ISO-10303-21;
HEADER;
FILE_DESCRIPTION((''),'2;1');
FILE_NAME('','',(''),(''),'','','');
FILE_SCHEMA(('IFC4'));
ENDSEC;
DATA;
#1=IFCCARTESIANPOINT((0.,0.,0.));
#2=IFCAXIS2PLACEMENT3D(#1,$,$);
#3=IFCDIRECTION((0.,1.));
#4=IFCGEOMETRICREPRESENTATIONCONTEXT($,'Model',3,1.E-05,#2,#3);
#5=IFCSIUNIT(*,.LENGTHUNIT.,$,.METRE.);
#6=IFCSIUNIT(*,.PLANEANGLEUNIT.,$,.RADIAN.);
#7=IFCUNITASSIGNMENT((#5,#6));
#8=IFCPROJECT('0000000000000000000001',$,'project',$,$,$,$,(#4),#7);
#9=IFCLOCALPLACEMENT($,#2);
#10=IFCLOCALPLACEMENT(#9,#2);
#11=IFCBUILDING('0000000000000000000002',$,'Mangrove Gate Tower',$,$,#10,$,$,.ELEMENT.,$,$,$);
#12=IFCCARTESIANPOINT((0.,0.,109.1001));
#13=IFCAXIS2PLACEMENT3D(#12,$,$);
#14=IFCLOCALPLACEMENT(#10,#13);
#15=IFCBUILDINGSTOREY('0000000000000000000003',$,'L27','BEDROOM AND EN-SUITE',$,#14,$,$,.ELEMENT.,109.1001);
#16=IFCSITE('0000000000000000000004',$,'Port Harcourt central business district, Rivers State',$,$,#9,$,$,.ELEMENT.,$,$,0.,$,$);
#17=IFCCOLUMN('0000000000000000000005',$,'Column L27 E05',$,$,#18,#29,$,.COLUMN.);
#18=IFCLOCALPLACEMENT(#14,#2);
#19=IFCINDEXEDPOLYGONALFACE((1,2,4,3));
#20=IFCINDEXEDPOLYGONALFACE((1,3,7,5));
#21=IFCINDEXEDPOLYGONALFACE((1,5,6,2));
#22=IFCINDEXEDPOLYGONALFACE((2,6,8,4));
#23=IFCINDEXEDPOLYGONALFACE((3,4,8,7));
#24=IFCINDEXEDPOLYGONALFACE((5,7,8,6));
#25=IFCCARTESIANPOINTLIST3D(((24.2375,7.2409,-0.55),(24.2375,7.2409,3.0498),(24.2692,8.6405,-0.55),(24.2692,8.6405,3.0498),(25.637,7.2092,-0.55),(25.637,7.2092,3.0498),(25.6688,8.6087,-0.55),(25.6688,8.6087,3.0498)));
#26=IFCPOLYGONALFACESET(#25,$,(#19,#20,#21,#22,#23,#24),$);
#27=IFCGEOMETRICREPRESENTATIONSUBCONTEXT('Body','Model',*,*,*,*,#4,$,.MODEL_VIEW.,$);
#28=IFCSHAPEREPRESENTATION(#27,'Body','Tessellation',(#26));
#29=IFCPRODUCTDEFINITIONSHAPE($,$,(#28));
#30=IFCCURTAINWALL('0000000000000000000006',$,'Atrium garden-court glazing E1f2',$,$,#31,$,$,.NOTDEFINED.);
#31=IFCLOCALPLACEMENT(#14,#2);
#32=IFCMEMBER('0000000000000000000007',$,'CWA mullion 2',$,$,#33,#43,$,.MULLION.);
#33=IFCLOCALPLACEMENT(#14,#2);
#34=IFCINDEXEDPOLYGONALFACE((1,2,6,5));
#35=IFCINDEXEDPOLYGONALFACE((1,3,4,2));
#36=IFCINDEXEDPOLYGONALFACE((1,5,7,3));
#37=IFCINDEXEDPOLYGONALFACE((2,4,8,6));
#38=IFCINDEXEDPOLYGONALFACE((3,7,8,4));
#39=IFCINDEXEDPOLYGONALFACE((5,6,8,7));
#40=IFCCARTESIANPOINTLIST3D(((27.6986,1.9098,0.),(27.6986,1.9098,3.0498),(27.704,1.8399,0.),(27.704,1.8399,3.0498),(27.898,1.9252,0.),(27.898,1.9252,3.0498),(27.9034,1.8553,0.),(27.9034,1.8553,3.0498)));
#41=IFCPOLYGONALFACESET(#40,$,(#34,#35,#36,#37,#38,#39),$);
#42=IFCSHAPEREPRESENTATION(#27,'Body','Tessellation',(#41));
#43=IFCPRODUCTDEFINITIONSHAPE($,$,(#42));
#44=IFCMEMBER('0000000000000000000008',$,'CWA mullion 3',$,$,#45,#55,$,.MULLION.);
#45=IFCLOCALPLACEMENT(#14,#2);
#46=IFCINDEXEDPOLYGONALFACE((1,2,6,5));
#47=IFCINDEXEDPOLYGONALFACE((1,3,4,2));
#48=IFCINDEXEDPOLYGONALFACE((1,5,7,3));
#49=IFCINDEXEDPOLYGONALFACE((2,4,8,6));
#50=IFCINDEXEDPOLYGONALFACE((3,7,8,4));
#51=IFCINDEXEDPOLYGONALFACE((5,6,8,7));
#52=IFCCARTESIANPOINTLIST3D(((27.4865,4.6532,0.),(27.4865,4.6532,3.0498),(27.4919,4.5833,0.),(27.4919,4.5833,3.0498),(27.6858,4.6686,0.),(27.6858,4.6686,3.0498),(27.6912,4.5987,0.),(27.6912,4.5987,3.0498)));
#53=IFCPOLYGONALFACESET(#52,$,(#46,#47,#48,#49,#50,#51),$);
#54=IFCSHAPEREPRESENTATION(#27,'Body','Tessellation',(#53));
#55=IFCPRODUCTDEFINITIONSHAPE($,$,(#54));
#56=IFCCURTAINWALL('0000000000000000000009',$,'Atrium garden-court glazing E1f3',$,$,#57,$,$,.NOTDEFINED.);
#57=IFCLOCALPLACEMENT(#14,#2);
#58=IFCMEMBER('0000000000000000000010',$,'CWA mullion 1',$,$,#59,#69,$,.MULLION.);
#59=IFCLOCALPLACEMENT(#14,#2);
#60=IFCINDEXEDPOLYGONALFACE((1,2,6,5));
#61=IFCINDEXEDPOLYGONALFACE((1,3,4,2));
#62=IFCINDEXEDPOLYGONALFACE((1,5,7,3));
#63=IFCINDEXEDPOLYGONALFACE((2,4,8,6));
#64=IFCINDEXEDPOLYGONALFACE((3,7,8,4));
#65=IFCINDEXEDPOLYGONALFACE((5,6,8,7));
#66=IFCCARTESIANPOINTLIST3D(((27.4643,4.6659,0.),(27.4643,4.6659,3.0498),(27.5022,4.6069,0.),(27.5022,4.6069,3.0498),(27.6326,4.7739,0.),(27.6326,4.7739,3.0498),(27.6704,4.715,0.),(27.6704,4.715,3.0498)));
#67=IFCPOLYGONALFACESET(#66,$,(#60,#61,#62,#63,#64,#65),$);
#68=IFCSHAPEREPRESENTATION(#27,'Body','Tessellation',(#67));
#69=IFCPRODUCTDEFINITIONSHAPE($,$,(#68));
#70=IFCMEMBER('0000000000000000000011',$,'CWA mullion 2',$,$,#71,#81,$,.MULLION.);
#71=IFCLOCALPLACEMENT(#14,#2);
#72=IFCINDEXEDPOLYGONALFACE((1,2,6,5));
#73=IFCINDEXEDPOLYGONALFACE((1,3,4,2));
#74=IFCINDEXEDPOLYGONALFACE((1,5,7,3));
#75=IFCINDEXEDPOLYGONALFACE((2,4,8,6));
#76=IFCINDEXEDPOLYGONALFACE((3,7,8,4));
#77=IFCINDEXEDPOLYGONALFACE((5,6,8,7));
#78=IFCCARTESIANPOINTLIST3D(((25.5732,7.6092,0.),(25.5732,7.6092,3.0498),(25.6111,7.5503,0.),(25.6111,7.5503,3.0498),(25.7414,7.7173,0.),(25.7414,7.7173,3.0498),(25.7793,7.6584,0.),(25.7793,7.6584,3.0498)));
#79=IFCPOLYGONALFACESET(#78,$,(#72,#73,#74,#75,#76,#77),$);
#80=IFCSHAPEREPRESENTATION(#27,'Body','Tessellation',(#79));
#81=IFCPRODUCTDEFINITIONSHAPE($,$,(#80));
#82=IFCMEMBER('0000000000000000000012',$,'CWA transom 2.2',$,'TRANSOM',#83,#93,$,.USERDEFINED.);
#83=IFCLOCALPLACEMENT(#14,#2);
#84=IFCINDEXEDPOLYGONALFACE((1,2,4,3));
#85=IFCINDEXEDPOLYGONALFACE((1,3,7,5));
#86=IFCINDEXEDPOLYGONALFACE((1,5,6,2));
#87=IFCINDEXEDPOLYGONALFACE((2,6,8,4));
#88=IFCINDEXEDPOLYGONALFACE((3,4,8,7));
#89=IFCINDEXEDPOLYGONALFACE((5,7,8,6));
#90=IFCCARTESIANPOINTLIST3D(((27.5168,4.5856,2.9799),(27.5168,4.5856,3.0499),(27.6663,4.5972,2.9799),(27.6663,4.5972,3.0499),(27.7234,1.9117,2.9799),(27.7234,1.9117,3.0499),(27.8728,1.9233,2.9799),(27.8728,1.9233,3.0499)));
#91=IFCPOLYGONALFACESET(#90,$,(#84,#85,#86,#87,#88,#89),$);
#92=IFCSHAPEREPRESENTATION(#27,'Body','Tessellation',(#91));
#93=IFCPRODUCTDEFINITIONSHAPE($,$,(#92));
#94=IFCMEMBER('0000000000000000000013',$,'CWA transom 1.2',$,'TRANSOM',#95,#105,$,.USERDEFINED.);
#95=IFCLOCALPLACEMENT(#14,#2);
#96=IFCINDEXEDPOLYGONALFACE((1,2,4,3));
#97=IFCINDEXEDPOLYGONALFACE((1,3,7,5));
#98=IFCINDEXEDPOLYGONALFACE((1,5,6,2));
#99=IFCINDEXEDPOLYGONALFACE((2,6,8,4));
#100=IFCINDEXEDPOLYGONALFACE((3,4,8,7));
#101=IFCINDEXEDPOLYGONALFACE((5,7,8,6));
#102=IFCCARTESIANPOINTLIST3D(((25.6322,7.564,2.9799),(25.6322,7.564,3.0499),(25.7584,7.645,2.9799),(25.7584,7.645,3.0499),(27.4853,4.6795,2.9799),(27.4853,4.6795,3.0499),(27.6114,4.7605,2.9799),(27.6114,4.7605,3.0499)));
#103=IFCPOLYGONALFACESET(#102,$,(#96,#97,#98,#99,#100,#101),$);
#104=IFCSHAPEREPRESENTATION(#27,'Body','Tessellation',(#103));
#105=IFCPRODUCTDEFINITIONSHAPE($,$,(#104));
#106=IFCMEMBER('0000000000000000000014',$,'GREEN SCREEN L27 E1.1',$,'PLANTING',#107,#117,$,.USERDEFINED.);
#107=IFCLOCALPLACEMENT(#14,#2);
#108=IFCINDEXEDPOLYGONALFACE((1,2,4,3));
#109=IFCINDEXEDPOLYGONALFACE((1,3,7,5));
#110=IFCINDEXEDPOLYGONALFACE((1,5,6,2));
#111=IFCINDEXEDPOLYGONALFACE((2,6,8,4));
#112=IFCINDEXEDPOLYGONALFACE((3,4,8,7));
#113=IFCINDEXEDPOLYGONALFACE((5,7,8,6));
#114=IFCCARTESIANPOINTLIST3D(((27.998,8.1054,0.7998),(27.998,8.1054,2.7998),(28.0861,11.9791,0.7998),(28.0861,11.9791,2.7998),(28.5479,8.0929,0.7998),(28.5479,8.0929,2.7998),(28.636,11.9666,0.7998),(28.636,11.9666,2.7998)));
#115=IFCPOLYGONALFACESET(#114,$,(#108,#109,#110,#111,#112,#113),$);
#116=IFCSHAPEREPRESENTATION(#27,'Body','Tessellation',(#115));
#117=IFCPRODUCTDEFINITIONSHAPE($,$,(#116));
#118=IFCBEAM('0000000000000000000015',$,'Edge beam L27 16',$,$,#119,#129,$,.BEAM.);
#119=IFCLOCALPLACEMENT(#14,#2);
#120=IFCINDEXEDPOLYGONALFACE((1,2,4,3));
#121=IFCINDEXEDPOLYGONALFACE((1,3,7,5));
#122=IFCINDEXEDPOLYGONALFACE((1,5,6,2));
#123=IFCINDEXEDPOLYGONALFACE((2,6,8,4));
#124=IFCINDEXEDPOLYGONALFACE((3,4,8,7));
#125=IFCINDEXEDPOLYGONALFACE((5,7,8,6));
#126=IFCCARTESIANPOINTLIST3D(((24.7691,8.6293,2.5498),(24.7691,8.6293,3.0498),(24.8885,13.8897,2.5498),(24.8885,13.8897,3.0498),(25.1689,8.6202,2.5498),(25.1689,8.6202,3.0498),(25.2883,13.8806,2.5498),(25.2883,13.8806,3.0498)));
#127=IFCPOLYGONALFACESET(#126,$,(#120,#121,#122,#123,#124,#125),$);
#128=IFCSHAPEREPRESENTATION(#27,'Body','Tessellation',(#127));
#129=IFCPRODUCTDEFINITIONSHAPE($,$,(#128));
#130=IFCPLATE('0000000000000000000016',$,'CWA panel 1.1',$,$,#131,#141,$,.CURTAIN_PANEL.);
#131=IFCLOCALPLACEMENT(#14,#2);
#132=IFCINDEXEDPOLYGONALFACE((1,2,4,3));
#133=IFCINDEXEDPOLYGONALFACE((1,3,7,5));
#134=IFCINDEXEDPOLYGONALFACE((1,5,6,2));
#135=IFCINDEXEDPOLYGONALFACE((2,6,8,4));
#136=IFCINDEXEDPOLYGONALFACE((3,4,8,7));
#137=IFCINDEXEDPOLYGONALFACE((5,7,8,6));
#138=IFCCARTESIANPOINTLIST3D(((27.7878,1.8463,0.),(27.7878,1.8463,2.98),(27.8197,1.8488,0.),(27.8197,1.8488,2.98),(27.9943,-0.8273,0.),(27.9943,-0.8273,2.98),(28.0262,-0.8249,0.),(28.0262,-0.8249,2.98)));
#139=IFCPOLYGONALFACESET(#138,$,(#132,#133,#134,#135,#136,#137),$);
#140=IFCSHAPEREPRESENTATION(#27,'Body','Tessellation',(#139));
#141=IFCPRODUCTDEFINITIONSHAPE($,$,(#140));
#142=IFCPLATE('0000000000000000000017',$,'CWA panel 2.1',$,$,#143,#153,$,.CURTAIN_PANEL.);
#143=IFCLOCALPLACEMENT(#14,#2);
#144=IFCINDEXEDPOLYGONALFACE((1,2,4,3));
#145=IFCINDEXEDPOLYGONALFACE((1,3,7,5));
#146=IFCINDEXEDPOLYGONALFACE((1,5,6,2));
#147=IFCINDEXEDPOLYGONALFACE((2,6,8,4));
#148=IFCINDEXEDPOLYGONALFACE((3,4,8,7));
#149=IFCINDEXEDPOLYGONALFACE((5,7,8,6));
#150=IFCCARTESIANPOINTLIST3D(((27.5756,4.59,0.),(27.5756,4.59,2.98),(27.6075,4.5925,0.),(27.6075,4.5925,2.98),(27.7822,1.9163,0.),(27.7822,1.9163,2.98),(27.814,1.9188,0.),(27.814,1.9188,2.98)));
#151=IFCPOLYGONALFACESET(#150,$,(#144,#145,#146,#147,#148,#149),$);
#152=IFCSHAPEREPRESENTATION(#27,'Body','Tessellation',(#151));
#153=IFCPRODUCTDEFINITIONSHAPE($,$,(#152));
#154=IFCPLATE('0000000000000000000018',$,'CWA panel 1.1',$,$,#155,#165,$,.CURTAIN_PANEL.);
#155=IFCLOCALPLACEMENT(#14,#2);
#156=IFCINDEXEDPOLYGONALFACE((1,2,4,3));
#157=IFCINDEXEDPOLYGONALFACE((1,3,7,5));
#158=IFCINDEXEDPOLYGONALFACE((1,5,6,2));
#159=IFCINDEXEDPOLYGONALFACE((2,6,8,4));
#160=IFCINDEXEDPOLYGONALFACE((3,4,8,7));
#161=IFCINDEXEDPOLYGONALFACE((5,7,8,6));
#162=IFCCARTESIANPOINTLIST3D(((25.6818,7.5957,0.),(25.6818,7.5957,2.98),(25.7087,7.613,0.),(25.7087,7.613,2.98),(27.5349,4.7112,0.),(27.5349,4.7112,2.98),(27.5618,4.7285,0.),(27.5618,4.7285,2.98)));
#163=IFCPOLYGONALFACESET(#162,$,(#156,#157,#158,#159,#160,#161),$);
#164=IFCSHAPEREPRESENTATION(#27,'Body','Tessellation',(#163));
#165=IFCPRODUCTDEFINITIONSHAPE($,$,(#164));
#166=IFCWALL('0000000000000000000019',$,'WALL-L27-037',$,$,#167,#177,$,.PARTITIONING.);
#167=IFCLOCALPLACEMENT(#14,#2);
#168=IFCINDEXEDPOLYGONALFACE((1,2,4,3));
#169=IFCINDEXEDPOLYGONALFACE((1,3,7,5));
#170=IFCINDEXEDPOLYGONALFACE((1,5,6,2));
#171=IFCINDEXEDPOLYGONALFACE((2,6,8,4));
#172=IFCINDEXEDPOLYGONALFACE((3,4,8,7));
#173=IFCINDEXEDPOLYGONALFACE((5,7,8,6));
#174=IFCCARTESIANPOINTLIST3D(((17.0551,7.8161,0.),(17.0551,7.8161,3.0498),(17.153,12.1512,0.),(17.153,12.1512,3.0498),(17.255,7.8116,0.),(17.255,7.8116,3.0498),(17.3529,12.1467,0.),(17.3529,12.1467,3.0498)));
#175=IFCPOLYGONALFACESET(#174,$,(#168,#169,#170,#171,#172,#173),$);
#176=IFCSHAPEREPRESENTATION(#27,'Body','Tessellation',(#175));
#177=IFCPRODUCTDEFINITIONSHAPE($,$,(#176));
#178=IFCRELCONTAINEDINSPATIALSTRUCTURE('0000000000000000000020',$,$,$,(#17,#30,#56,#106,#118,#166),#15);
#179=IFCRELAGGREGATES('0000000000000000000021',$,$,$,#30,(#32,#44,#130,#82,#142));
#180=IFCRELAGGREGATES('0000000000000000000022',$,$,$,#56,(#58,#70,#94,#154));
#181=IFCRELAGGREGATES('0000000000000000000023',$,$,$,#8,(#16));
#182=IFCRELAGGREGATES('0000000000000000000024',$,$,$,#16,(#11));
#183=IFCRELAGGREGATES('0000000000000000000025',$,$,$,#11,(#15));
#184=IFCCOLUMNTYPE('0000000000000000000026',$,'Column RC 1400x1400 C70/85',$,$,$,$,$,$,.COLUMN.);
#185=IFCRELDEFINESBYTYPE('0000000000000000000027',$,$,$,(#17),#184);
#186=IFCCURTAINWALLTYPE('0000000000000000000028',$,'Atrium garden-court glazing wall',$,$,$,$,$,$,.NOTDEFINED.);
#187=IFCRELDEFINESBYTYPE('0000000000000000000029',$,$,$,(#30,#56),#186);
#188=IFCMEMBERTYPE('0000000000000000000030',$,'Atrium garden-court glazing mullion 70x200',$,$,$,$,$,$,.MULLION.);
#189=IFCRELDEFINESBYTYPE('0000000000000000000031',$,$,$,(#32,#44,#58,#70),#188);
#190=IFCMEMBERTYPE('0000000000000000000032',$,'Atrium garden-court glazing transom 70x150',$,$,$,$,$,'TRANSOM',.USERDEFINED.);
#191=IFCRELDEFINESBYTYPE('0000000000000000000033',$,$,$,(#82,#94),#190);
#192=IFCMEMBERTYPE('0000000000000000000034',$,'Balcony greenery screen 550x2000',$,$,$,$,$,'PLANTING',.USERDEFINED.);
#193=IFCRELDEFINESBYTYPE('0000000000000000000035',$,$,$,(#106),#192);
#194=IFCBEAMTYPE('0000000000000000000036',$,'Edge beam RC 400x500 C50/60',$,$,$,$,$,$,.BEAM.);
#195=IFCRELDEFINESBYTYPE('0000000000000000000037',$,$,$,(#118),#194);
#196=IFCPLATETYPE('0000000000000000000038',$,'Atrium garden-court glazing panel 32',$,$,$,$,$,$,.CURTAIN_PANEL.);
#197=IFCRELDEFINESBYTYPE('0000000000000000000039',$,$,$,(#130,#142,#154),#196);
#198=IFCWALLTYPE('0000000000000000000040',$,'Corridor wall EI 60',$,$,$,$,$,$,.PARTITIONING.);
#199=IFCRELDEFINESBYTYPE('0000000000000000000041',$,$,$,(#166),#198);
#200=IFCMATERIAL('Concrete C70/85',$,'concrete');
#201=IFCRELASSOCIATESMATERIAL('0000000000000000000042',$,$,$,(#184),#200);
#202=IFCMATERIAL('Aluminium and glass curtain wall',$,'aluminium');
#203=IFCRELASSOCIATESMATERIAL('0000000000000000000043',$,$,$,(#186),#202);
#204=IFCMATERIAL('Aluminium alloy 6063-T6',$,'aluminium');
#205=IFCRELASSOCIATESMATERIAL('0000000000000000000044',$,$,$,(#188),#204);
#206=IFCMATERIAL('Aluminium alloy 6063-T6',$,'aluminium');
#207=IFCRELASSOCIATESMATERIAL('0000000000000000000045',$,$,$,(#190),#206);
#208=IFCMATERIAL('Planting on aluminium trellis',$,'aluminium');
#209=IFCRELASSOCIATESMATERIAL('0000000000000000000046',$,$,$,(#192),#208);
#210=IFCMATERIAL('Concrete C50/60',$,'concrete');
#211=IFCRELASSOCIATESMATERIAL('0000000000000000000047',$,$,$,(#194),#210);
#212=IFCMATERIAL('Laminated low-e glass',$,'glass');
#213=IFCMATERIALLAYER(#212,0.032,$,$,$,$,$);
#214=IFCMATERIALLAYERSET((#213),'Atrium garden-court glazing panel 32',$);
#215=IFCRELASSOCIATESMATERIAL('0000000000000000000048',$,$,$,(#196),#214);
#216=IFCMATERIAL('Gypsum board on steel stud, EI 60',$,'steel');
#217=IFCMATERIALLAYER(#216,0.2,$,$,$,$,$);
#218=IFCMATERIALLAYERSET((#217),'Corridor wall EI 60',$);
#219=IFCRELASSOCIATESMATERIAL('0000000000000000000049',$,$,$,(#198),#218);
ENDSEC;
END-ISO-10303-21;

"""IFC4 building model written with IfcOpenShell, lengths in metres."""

from ifc_helpers import new_model, si_unit, direction, frame, frame_2d, origin, origin_2d, place, context, subcontext, project, spatial, rectangle, extrude, material, layer, layer_set, material_profile, profile_set, type_object, element, aggregate, save


model = new_model("IFC4")

# Units and contexts
model_context = context("Model", 3, precision=1e-05, world=origin(), true_north=direction((0.0, 1.0)))
body_context = subcontext(model_context, "Body", "Model", "MODEL_VIEW")
ifc_project = project(units=[si_unit("LENGTHUNIT", "METRE"), si_unit("PLANEANGLEUNIT", "RADIAN")], contexts=[model_context])

# Site, building, storey
site_placement = place(None, origin())
site = spatial("IfcSite", under=ifc_project, at=site_placement, Name="Port Harcourt central business district, Rivers State", CompositionType="ELEMENT", RefElevation=0.0)
building_placement = place(site_placement, origin())
building = spatial("IfcBuilding", under=site, at=building_placement, Name="Mangrove Gate Tower", CompositionType="ELEMENT")
storey_placement = place(building_placement, frame((0.0, 0.0, 109.1001)))
storey = spatial("IfcBuildingStorey", under=building, at=storey_placement, Name="L27", Description="BEDROOM AND EN-SUITE", CompositionType="ELEMENT", Elevation=109.1001)

# Column
ifc_material_1 = material(Name="Concrete C70/85", Category="concrete")
ifc_material_profile_1 = material_profile(ifc_material_1, rectangle(XDim=1.3999, YDim=1.3999, at=origin_2d()))
ifc_profile_set_1 = profile_set([ifc_material_profile_1], Name="Concrete C70/85")
column_type = type_object("IfcColumnType", Name="Column RC 1400x1400 C70/85", PredefinedType="COLUMN", material=ifc_profile_set_1)
column_placement = place(storey_placement, frame((24.9531, 7.9248, -0.55), z_axis=(0.0, 0.0, 1.0), x_axis=(0.022682, 0.999743, 0.0)))
element("IfcColumn", 1, at=column_placement, inside=storey, type_object=column_type, Name="Column L27 E05", PredefinedType="COLUMN", context=body_context, shape_type="SweptSolid", body=[
    extrude(rectangle(XDim=1.3999, YDim=1.3999, at=origin_2d()), origin(), (0.0, 0.0, 1.0), 3.5999),
])

# Curtain walls, members
ifc_material_2 = material(Name="Aluminium and glass curtain wall", Category="aluminium")
curtain_wall_type = type_object("IfcCurtainWallType", Name="Atrium garden-court glazing wall", PredefinedType="NOTDEFINED", material=ifc_material_2)
curtain_wall_1_placement = place(storey_placement, origin())
curtain_wall_1 = element("IfcCurtainWall", 2, at=curtain_wall_1_placement, inside=storey, type_object=curtain_wall_type, Name="Atrium garden-court glazing E1f2", PredefinedType="NOTDEFINED")
ifc_material_3 = material(Name="Aluminium alloy 6063-T6", Category="aluminium")
ifc_material_profile_2 = material_profile(ifc_material_3, rectangle(XDim=0.0701, YDim=0.2, at=origin_2d()))
ifc_profile_set_2 = profile_set([ifc_material_profile_2], Name="Aluminium alloy 6063-T6")
member_type_1 = type_object("IfcMemberType", Name="Atrium garden-court glazing mullion 70x200", PredefinedType="MULLION", material=ifc_profile_set_2)
member_1_placement = place(storey_placement, frame((27.801, 1.8826, 0.0), z_axis=(0.0, 0.0, 1.0), x_axis=(-0.077023, 0.997029, 0.0)))
member_1 = element("IfcMember", 3, at=member_1_placement, type_object=member_type_1, Name="CWA mullion 2", PredefinedType="MULLION", context=body_context, shape_type="SweptSolid", body=[
    extrude(rectangle(XDim=0.0701, YDim=0.2, at=origin_2d()), origin(), (0.0, 0.0, 1.0), 3.0498),
])
member_2_placement = place(storey_placement, frame((27.5889, 4.626, 0.0), z_axis=(0.0, 0.0, 1.0), x_axis=(-0.077023, 0.997029, 0.0)))
member_2 = element("IfcMember", 4, at=member_2_placement, type_object=member_type_1, Name="CWA mullion 3", PredefinedType="MULLION", context=body_context, shape_type="SweptSolid", body=[
    extrude(rectangle(XDim=0.0701, YDim=0.2, at=origin_2d()), origin(), (0.0, 0.0, 1.0), 3.0498),
])
curtain_wall_2_placement = place(storey_placement, origin())
curtain_wall_2 = element("IfcCurtainWall", 5, at=curtain_wall_2_placement, inside=storey, type_object=curtain_wall_type, Name="Atrium garden-court glazing E1f3", PredefinedType="NOTDEFINED")
member_3_placement = place(storey_placement, frame((27.5674, 4.6904, 0.0), z_axis=(0.0, 0.0, 1.0), x_axis=(-0.540511, 0.841337, 0.0)))
member_3 = element("IfcMember", 6, at=member_3_placement, type_object=member_type_1, Name="CWA mullion 1", PredefinedType="MULLION", context=body_context, shape_type="SweptSolid", body=[
    extrude(rectangle(XDim=0.0701, YDim=0.2, at=origin_2d()), origin(), (0.0, 0.0, 1.0), 3.0498),
])
member_4_placement = place(storey_placement, frame((25.6763, 7.6338, 0.0), z_axis=(0.0, 0.0, 1.0), x_axis=(-0.540511, 0.841337, 0.0)))
member_4 = element("IfcMember", 7, at=member_4_placement, type_object=member_type_1, Name="CWA mullion 2", PredefinedType="MULLION", context=body_context, shape_type="SweptSolid", body=[
    extrude(rectangle(XDim=0.0701, YDim=0.2, at=origin_2d()), origin(), (0.0, 0.0, 1.0), 3.0498),
])

# Members
ifc_material_4 = material(Name="Aluminium alloy 6063-T6", Category="aluminium")
ifc_material_profile_3 = material_profile(ifc_material_4, rectangle(XDim=0.0701, YDim=0.1499, at=origin_2d()))
ifc_profile_set_3 = profile_set([ifc_material_profile_3], Name="Aluminium alloy 6063-T6")
member_type_2 = type_object("IfcMemberType", Name="Atrium garden-court glazing transom 70x150", ElementType="TRANSOM", PredefinedType="USERDEFINED", material=ifc_profile_set_3)
member_5_placement = place(storey_placement, frame((27.7981, 1.9175, 3.0149), z_axis=(-0.077017, 0.99703, 0.0), x_axis=(0.0, 0.0, 1.0)))
member_5 = element("IfcMember", 8, at=member_5_placement, type_object=member_type_2, Name="CWA transom 2.2", ObjectType="TRANSOM", PredefinedType="USERDEFINED", context=body_context, shape_type="SweptSolid", body=[
    extrude(rectangle(XDim=0.0701, YDim=0.1499, at=origin_2d()), origin(), (0.0, 0.0, 1.0), 2.6819),
])
member_6_placement = place(storey_placement, frame((27.5483, 4.72, 3.0149), z_axis=(-0.540488, 0.841352, 0.0), x_axis=(0.0, 0.0, 1.0)))
member_6 = element("IfcMember", 9, at=member_6_placement, type_object=member_type_2, Name="CWA transom 1.2", ObjectType="TRANSOM", PredefinedType="USERDEFINED", context=body_context, shape_type="SweptSolid", body=[
    extrude(rectangle(XDim=0.0701, YDim=0.1499, at=origin_2d()), origin(), (0.0, 0.0, 1.0), 3.4285),
])
ifc_material_5 = material(Name="Planting on aluminium trellis", Category="aluminium")
ifc_material_profile_4 = material_profile(ifc_material_5, rectangle(XDim=0.55, YDim=2.0, at=origin_2d()))
ifc_profile_set_4 = profile_set([ifc_material_profile_4], Name="Planting on aluminium trellis")
member_type_3 = type_object("IfcMemberType", Name="Balcony greenery screen 550x2000", ElementType="PLANTING", PredefinedType="USERDEFINED", material=ifc_profile_set_4)
member_7_placement = place(storey_placement, frame((28.2729, 8.0991, 1.7998), z_axis=(0.022746, 0.999741, 0.0), x_axis=(-0.999741, 0.022746, 0.0)))
element("IfcMember", 10, at=member_7_placement, inside=storey, type_object=member_type_3, Name="GREEN SCREEN L27 E1.1", ObjectType="PLANTING", PredefinedType="USERDEFINED", context=body_context, shape_type="SweptSolid", body=[
    extrude(rectangle(XDim=0.55, YDim=2.0, at=origin_2d()), origin(), (0.0, 0.0, 1.0), 3.8748),
])

# Beam
ifc_material_6 = material(Name="Concrete C50/60", Category="concrete")
ifc_material_profile_5 = material_profile(ifc_material_6, rectangle(XDim=0.3999, YDim=0.5, at=origin_2d()))
ifc_profile_set_5 = profile_set([ifc_material_profile_5], Name="Concrete C50/60")
beam_type = type_object("IfcBeamType", Name="Edge beam RC 400x500 C50/60", PredefinedType="BEAM", material=ifc_profile_set_5)
beam_placement = place(storey_placement, frame((24.969, 8.6248, 2.7998), z_axis=(0.02269, 0.999743, 0.0), x_axis=(-0.999743, 0.02269, 0.0)))
element("IfcBeam", 11, at=beam_placement, inside=storey, type_object=beam_type, Name="Edge beam L27 16", PredefinedType="BEAM", context=body_context, shape_type="SweptSolid", body=[
    extrude(rectangle(XDim=0.3999, YDim=0.5, at=origin_2d()), origin(), (0.0, 0.0, 1.0), 5.2617),
])

# Plates
ifc_material_7 = material(Name="Laminated low-e glass", Category="glass")
ifc_layer_1 = layer(ifc_material_7, 0.032)
ifc_layer_set_1 = layer_set([ifc_layer_1], Name="Atrium garden-court glazing panel 32")
plate_type = type_object("IfcPlateType", Name="Atrium garden-court glazing panel 32", PredefinedType="CURTAIN_PANEL", material=ifc_layer_set_1)
plate_1_placement = place(storey_placement, frame((27.907, 0.5107, 0.0), z_axis=(0.0, 0.0, 1.0), x_axis=(-0.077023, 0.997029, 0.0)))
plate_1 = element("IfcPlate", 12, at=plate_1_placement, type_object=plate_type, Name="CWA panel 1.1", PredefinedType="CURTAIN_PANEL", context=body_context, shape_type="SweptSolid", body=[
    extrude(rectangle(XDim=2.6816, YDim=0.032, at=origin_2d()), origin(), (0.0, 0.0, 1.0), 2.98),
])
plate_2_placement = place(storey_placement, frame((27.6948, 3.2544, 0.0), z_axis=(0.0, 0.0, 1.0), x_axis=(-0.077023, 0.997029, 0.0)))
plate_2 = element("IfcPlate", 13, at=plate_2_placement, type_object=plate_type, Name="CWA panel 2.1", PredefinedType="CURTAIN_PANEL", context=body_context, shape_type="SweptSolid", body=[
    extrude(rectangle(XDim=2.6816, YDim=0.032, at=origin_2d()), origin(), (0.0, 0.0, 1.0), 2.98),
])
aggregate(curtain_wall_1, [member_1, member_2, plate_1, member_5, plate_2])
plate_3_placement = place(storey_placement, frame((26.6218, 6.1621, 0.0), z_axis=(0.0, 0.0, 1.0), x_axis=(-0.540511, 0.841337, 0.0)))
plate_3 = element("IfcPlate", 14, at=plate_3_placement, type_object=plate_type, Name="CWA panel 1.1", PredefinedType="CURTAIN_PANEL", context=body_context, shape_type="SweptSolid", body=[
    extrude(rectangle(XDim=3.4285, YDim=0.032, at=origin_2d()), origin(), (0.0, 0.0, 1.0), 2.98),
])
aggregate(curtain_wall_2, [member_3, member_4, member_6, plate_3])

# Wall
ifc_material_8 = material(Name="Gypsum board on steel stud, EI 60", Category="steel")
ifc_layer_2 = layer(ifc_material_8, 0.2)
ifc_layer_set_2 = layer_set([ifc_layer_2], Name="Corridor wall EI 60")
wall_type_1 = type_object("IfcWallType", Name="Corridor wall EI 60", PredefinedType="PARTITIONING", material=ifc_layer_set_2)
wall_1_placement = place(storey_placement, frame((17.155, 7.814, 0.0), z_axis=(0.0, 0.0, 1.0), x_axis=(0.022578, 0.999745, 0.0)))
element("IfcWall", 15, at=wall_1_placement, inside=storey, type_object=wall_type_1, Name="WALL-L27-037", PredefinedType="PARTITIONING", context=body_context, shape_type="SweptSolid", body=[
    extrude(rectangle(XDim=4.3362, YDim=0.2, at=frame_2d((2.168, 0.0))), origin(), (0.0, 0.0, 1.0), 3.0498),
])

save(model, "model.ifc")
